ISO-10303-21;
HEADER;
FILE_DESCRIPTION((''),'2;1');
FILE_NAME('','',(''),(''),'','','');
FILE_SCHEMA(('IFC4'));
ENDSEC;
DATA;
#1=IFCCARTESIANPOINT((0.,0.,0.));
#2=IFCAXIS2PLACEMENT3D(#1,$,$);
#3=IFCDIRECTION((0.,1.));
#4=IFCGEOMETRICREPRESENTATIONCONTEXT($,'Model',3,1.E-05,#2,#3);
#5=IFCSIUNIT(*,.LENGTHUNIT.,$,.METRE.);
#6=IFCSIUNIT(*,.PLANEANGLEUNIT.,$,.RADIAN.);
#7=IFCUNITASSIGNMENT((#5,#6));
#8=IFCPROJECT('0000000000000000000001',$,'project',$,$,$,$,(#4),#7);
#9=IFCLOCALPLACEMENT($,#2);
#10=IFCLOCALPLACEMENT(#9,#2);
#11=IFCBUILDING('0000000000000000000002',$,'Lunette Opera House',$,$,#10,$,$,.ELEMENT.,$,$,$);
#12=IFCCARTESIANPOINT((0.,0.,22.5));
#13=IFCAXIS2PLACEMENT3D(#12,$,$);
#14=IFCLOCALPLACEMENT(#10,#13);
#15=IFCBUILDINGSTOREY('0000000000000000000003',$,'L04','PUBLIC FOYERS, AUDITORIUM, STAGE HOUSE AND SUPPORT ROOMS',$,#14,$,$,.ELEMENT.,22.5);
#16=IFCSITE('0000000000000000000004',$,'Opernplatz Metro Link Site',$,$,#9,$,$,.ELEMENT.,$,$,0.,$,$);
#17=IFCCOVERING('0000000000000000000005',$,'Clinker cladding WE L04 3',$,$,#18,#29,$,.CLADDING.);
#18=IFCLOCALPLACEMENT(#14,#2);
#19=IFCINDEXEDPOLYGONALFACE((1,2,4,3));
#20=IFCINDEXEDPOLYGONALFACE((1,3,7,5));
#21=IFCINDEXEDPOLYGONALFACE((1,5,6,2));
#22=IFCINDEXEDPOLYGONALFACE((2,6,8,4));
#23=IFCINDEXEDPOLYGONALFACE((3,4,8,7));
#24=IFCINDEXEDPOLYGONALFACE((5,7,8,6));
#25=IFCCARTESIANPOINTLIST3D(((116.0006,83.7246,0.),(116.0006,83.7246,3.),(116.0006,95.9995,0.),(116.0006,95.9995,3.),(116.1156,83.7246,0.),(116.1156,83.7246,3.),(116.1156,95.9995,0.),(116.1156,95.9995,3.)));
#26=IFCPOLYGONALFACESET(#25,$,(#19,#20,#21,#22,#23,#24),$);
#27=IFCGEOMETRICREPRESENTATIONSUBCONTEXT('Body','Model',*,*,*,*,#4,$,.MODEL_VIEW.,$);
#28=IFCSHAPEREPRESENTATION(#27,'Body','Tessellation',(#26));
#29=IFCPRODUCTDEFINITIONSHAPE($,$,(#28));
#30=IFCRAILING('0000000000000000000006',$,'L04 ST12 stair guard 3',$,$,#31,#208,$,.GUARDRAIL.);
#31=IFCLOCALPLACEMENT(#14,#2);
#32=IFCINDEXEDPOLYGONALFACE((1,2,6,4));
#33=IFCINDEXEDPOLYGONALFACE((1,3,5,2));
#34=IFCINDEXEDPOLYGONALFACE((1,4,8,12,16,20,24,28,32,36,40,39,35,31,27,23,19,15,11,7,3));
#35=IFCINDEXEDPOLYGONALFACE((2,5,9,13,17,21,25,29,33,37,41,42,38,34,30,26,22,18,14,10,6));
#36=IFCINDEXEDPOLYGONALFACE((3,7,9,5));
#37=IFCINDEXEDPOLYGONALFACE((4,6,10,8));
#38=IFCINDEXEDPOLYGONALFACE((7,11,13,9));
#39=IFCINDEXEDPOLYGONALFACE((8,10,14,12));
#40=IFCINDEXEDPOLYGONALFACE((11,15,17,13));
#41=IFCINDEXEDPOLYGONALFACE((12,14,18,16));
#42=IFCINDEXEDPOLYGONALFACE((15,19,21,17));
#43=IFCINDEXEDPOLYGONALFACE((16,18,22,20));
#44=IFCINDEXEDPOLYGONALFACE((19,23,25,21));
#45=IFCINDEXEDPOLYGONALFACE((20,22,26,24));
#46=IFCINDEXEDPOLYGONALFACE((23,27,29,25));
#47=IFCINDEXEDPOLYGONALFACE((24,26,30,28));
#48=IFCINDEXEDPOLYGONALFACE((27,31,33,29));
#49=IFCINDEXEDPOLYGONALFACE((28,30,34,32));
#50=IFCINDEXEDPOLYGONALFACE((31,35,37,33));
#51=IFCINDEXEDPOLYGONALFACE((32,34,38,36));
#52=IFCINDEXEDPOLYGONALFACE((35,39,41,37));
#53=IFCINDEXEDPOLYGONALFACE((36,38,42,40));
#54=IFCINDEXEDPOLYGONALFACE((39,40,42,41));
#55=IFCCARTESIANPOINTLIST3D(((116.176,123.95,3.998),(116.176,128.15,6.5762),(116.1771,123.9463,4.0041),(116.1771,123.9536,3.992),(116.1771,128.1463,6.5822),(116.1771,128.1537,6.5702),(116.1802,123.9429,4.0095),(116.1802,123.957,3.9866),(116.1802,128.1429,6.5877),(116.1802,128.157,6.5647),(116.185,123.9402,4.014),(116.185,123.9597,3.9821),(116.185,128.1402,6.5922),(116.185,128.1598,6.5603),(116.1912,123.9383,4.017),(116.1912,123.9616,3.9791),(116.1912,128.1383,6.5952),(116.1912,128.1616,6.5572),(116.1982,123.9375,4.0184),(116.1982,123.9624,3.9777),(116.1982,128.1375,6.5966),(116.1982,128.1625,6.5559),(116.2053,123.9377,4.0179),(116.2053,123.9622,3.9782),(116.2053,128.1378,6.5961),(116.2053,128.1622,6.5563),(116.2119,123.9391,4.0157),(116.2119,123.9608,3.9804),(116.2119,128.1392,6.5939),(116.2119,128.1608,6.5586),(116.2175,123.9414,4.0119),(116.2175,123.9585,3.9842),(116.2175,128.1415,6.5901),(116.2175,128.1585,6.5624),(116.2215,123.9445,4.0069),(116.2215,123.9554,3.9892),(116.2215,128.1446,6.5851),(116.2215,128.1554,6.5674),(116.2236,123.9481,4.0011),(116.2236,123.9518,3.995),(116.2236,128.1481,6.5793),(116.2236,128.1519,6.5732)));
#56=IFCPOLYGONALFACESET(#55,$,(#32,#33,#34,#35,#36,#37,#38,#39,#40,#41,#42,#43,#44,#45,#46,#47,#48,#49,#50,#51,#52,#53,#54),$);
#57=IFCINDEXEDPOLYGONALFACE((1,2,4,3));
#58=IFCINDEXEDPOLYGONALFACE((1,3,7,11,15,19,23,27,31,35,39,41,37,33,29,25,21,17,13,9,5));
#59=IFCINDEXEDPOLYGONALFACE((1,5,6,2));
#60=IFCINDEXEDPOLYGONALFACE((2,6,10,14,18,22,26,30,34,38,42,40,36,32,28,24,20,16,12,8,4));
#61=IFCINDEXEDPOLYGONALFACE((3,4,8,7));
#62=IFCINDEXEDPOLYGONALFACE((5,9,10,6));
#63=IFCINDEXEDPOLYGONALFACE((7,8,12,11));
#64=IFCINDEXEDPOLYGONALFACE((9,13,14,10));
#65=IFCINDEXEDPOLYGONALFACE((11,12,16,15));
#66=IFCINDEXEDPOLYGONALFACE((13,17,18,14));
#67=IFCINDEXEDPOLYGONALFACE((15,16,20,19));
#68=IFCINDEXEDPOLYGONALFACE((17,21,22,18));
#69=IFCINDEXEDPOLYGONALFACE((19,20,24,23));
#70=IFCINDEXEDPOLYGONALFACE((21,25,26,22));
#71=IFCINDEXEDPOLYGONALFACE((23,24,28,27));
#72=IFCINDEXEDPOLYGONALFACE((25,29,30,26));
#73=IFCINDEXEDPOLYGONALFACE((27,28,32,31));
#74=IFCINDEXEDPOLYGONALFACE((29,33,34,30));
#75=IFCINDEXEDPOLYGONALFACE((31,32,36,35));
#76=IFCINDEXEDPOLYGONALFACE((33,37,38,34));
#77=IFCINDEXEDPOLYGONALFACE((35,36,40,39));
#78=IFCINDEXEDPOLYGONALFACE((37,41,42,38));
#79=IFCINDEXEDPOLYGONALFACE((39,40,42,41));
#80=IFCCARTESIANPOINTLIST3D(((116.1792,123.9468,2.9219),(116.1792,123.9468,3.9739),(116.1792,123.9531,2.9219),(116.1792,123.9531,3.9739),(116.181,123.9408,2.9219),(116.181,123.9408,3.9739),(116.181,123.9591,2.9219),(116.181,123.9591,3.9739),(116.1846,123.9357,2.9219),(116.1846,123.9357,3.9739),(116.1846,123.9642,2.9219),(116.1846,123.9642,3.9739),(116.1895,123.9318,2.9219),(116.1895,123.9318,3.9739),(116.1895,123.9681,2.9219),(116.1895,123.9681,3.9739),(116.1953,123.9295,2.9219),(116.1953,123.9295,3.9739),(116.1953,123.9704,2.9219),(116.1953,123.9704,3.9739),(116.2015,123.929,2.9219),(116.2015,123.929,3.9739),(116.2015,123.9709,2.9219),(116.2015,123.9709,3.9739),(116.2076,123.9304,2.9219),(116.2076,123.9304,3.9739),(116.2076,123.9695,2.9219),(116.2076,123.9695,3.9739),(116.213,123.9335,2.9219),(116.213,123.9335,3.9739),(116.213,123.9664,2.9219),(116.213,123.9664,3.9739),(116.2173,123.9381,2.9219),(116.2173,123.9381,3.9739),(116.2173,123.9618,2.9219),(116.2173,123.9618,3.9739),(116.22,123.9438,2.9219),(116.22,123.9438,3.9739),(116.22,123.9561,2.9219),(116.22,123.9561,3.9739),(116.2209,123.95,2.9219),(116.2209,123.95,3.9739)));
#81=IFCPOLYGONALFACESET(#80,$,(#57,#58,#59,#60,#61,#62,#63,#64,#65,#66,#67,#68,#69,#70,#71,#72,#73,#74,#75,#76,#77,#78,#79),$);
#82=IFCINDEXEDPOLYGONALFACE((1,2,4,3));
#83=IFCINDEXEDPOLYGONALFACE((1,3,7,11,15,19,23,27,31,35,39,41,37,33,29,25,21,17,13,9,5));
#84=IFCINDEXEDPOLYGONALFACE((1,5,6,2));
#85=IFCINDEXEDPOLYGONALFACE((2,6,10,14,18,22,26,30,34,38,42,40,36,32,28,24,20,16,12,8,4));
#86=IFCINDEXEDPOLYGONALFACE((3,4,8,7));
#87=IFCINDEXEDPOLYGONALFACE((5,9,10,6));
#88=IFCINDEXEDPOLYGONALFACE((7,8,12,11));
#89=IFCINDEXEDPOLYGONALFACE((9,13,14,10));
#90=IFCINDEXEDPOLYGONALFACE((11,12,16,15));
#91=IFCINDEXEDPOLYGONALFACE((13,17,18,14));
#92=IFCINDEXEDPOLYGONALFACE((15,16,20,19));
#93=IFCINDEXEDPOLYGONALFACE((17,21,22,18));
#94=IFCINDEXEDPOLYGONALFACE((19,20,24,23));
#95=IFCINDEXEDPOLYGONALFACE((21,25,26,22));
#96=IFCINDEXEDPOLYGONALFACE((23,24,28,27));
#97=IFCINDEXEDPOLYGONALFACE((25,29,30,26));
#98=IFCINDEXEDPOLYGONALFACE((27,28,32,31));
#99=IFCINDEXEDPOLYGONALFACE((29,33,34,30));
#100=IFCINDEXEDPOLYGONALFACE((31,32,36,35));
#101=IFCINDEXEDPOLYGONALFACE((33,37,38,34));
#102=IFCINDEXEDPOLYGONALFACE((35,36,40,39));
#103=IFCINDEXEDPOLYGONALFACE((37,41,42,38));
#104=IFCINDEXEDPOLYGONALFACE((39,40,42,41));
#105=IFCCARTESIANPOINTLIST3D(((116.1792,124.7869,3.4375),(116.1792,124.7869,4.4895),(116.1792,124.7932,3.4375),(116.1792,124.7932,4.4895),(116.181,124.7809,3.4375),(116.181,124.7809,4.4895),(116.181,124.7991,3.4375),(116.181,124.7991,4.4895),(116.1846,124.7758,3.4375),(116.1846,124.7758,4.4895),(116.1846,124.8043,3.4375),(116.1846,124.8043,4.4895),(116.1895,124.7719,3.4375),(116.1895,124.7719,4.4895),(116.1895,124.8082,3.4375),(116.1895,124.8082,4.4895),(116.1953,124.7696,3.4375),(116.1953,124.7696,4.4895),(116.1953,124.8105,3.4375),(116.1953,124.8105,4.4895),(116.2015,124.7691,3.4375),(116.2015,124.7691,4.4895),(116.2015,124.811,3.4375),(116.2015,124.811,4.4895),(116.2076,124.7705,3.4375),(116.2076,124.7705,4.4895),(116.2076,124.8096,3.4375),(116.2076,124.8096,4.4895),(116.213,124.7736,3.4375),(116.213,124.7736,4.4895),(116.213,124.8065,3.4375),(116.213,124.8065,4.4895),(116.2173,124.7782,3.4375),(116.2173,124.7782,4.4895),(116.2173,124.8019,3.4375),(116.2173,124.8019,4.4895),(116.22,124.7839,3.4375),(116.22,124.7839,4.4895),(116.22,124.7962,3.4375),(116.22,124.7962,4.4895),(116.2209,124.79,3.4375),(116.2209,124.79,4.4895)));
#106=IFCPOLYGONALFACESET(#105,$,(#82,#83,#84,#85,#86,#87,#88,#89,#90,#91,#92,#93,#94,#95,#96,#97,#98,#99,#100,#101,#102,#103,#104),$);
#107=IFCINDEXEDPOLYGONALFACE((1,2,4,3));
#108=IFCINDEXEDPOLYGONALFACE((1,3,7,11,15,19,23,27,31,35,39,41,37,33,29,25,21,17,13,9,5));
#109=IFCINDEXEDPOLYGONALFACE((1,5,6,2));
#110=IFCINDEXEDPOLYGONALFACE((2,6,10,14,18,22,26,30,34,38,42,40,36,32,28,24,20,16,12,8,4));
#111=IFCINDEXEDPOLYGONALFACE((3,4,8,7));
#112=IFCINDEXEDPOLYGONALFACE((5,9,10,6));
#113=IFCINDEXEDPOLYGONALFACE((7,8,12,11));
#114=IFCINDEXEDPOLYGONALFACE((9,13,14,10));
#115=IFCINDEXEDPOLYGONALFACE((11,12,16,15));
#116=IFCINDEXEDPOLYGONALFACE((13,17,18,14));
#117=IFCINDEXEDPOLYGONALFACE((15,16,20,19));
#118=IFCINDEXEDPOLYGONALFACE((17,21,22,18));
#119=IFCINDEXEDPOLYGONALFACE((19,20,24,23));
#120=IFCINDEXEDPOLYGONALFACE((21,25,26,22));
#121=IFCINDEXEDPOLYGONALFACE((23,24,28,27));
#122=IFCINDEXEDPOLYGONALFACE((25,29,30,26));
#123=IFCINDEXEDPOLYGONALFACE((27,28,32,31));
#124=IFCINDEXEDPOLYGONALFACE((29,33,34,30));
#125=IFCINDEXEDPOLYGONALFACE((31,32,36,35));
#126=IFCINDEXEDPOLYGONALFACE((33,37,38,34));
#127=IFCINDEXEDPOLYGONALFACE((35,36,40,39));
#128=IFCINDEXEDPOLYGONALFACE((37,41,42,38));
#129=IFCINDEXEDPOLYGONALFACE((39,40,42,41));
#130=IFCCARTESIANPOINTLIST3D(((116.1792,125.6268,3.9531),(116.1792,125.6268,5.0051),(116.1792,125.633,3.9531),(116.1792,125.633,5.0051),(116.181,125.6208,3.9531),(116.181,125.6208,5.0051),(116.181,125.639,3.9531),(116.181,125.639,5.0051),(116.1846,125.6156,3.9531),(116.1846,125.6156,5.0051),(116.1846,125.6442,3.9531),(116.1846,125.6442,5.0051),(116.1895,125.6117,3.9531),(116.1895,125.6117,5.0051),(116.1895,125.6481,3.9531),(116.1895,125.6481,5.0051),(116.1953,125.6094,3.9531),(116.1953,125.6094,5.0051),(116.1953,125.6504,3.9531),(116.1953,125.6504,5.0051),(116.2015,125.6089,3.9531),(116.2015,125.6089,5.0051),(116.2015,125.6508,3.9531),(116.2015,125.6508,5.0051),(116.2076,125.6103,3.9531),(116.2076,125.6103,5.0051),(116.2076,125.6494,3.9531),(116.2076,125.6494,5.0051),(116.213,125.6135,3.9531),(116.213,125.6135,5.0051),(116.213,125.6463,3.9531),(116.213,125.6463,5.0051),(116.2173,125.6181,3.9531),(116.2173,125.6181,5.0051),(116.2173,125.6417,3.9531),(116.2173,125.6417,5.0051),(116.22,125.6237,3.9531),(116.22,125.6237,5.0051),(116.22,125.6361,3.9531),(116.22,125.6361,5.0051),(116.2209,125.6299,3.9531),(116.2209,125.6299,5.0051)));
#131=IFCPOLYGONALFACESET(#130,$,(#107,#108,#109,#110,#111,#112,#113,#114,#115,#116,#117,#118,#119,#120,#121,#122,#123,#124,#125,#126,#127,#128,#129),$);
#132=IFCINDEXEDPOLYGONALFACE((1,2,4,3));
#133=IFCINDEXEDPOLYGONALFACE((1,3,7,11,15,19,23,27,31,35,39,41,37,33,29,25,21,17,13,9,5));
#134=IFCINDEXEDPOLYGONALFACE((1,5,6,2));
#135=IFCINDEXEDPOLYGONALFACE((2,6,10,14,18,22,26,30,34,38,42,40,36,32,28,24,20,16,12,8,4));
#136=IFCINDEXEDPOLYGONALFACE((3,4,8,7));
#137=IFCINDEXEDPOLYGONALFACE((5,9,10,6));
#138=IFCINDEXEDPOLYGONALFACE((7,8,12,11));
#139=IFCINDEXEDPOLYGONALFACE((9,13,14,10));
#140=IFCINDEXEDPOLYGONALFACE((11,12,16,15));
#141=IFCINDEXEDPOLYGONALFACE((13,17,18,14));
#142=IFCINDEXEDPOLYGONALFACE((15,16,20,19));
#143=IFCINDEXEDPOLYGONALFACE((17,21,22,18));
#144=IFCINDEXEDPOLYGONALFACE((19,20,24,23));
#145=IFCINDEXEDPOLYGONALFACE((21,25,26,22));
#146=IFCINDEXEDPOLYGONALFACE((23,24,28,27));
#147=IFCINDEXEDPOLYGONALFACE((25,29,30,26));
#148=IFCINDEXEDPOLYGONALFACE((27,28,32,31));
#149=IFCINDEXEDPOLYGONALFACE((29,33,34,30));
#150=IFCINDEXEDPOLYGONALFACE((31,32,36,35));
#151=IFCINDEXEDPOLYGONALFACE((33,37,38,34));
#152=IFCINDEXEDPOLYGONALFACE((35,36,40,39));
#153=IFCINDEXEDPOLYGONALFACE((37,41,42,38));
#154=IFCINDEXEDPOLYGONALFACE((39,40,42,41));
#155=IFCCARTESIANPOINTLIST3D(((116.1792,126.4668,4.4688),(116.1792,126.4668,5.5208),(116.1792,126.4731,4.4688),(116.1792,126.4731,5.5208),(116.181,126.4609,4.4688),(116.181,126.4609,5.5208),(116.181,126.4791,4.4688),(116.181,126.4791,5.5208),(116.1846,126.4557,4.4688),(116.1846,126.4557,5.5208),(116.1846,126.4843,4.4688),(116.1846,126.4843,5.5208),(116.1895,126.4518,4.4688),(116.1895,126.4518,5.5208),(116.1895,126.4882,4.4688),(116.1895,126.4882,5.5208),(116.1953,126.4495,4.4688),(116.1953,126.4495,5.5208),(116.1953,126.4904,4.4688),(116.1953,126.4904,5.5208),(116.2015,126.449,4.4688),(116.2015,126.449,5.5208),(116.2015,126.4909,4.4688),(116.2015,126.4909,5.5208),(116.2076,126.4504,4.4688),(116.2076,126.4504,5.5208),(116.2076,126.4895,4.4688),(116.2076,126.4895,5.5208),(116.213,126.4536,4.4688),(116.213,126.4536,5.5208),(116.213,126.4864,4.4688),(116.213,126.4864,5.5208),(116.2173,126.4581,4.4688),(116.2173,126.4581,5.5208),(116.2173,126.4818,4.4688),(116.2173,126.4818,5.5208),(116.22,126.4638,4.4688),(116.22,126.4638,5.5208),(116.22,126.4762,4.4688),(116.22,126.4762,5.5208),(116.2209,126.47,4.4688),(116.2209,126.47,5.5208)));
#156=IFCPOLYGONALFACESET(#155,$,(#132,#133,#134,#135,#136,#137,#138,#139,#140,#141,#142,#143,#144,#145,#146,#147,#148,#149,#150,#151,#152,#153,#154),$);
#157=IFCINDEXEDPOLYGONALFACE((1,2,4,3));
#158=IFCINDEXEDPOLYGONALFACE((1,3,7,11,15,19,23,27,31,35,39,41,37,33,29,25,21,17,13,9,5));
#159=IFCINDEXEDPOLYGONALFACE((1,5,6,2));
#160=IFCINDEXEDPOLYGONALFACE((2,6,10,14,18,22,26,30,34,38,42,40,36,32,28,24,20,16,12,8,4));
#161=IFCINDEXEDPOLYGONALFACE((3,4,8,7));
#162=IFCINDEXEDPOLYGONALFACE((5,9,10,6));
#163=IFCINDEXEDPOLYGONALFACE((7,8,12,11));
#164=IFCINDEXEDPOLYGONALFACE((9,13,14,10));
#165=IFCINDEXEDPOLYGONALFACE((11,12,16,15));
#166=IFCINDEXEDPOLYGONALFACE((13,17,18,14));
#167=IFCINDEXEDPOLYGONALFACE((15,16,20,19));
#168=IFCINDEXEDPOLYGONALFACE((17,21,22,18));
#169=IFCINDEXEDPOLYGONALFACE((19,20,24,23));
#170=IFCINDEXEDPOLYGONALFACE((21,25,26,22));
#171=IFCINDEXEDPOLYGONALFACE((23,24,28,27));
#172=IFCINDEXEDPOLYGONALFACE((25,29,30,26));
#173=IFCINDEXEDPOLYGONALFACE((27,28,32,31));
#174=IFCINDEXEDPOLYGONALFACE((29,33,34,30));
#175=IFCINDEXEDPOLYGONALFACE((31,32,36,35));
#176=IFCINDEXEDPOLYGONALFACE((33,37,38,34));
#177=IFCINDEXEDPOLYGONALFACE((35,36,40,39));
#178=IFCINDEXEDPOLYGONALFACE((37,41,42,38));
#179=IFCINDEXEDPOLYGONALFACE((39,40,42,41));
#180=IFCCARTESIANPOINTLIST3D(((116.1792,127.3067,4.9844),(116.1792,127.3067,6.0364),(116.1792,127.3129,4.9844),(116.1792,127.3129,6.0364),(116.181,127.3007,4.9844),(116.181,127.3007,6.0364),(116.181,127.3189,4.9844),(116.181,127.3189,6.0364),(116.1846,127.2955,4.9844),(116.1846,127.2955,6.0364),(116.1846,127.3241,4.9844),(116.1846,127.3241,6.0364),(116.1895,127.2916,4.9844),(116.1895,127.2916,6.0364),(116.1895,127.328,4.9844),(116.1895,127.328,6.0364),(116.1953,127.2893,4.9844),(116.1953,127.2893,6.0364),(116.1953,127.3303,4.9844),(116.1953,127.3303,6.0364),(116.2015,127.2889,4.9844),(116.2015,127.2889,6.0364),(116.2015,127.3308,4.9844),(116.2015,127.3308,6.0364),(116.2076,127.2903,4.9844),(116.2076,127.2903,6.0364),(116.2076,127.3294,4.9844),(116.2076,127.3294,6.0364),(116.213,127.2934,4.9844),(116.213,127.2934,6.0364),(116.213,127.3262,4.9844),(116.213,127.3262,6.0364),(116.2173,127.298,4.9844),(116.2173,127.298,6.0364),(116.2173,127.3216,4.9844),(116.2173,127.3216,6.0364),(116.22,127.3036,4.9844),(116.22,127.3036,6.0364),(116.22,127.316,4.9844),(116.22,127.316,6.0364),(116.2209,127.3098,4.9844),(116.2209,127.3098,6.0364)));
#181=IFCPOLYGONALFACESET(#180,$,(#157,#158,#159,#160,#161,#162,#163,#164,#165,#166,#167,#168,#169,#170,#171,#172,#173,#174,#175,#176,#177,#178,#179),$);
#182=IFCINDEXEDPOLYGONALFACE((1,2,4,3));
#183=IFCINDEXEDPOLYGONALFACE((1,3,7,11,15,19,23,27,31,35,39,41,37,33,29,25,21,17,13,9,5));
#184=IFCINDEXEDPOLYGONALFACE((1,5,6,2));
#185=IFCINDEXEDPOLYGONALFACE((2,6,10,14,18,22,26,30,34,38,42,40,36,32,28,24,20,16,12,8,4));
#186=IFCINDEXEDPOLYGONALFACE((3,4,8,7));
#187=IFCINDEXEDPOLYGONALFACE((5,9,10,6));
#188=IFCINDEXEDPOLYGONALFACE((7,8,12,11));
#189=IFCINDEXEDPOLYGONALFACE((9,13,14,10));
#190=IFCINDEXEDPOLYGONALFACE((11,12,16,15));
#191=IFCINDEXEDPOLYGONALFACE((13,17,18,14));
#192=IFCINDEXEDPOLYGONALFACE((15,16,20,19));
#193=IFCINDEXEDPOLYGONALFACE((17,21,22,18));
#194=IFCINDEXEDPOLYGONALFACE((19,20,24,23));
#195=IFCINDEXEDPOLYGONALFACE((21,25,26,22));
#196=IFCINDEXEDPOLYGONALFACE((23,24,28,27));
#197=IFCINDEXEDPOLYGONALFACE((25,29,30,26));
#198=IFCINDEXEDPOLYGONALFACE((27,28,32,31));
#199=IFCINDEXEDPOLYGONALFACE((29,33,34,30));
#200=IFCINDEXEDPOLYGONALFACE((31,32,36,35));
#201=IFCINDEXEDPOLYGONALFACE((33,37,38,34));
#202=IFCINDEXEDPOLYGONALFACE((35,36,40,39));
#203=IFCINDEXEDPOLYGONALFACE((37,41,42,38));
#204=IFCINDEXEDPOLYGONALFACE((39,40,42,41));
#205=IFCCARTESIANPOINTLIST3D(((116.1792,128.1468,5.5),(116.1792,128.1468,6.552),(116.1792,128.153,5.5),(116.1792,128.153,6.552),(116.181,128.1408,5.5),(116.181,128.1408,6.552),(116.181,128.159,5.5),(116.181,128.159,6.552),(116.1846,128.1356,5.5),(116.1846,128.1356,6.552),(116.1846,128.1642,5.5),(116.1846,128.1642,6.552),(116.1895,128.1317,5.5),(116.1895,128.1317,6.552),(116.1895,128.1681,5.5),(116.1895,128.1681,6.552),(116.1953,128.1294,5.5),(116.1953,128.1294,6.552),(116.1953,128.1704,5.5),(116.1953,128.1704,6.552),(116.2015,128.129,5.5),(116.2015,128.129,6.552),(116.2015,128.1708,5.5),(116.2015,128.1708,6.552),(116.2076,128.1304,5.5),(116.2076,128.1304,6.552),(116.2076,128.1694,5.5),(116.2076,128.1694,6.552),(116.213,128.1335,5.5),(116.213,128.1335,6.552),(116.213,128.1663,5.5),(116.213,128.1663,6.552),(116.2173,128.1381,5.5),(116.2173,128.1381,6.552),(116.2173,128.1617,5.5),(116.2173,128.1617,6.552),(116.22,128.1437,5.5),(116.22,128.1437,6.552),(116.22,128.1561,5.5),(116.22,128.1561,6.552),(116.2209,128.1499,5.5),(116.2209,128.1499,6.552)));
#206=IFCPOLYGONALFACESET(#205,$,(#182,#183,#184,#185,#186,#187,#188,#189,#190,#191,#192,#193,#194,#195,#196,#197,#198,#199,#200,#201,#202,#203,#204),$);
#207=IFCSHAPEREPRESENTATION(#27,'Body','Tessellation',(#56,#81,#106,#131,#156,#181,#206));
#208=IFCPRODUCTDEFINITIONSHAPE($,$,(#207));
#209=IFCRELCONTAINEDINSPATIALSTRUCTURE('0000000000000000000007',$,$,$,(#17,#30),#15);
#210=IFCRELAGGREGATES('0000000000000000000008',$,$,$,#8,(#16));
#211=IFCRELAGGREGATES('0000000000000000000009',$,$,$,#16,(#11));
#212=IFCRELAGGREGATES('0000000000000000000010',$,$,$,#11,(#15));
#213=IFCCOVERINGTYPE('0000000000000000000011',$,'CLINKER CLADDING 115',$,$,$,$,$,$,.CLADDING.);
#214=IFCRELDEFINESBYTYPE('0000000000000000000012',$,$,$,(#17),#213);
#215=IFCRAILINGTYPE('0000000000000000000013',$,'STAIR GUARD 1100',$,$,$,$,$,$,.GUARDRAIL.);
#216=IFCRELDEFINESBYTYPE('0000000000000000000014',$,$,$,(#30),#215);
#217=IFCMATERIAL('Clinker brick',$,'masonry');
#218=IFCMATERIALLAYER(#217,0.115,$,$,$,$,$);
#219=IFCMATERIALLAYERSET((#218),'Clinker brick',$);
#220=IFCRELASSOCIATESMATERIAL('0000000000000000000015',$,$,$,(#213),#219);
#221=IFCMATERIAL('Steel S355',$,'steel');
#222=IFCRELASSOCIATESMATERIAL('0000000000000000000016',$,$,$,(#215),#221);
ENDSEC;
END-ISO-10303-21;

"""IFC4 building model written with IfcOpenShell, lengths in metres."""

from ifc_helpers import new_model, si_unit, direction, frame, origin, origin_2d, place, context, subcontext, project, spatial, rectangle, circle, extrude, material, layer, layer_set, type_object, element, save


model = new_model("IFC4")

# Units and contexts
model_context = context("Model", 3, precision=1e-05, world=origin(), true_north=direction((0.0, 1.0)))
body_context = subcontext(model_context, "Body", "Model", "MODEL_VIEW")
ifc_project = project(units=[si_unit("LENGTHUNIT", "METRE"), si_unit("PLANEANGLEUNIT", "RADIAN")], contexts=[model_context])

# Site, building, storey
site_placement = place(None, origin())
site = spatial("IfcSite", under=ifc_project, at=site_placement, Name="Opernplatz Metro Link Site", CompositionType="ELEMENT", RefElevation=0.0)
building_placement = place(site_placement, origin())
building = spatial("IfcBuilding", under=site, at=building_placement, Name="Lunette Opera House", CompositionType="ELEMENT")
storey_placement = place(building_placement, frame((0.0, 0.0, 22.5)))
storey = spatial("IfcBuildingStorey", under=building, at=storey_placement, Name="L04", Description="PUBLIC FOYERS, AUDITORIUM, STAGE HOUSE AND SUPPORT ROOMS", CompositionType="ELEMENT", Elevation=22.5)

# Covering
ifc_material_1 = material(Name="Clinker brick", Category="masonry")
ifc_layer_1 = layer(ifc_material_1, 0.115)
ifc_layer_set_1 = layer_set([ifc_layer_1], Name="Clinker brick")
covering_type_1 = type_object("IfcCoveringType", Name="CLINKER CLADDING 115", PredefinedType="CLADDING", material=ifc_layer_set_1)
covering_1_placement = place(storey_placement, frame((116.0581, 89.8621, 0.0), z_axis=(0.0, 0.0, 1.0), x_axis=(1.0, 0.0, 0.0)))
element("IfcCovering", 1, at=covering_1_placement, inside=storey, type_object=covering_type_1, Name="Clinker cladding WE L04 3", PredefinedType="CLADDING", context=body_context, shape_type="SweptSolid", body=[
    extrude(rectangle(XDim=0.115, YDim=12.2749, at=origin_2d()), origin(), (0.0, 0.0, 1.0), 3.0),
])

# Railing
ifc_material_2 = material(Name="Steel S355", Category="steel")
railing_type_1 = type_object("IfcRailingType", Name="STAIR GUARD 1100", PredefinedType="GUARDRAIL", material=ifc_material_2)
railing_1_placement = place(storey_placement, frame((116.2, 123.95, 2.9219)))
element("IfcRailing", 2, at=railing_1_placement, inside=storey, type_object=railing_type_1, Name="L04 ST12 stair guard 3", PredefinedType="GUARDRAIL", context=body_context, shape_type="SweptSolid", body=[
    extrude(circle(Radius=0.0239, at=origin_2d()), frame((0.0, 0.0, 1.0762), z_axis=(0.0, 0.852243, 0.523146), x_axis=(-1.0, 0.0, 0.0)), (0.0, 0.0, 1.0), 4.9282),
    extrude(circle(Radius=0.021, at=origin_2d()), origin(), (0.0, 0.0, 1.0), 1.052),
    extrude(circle(Radius=0.021, at=origin_2d()), frame((0.0, 0.8401, 0.5156)), (0.0, 0.0, 1.0), 1.052),
    extrude(circle(Radius=0.021, at=origin_2d()), frame((0.0, 1.6799, 1.0312)), (0.0, 0.0, 1.0), 1.052),
    extrude(circle(Radius=0.021, at=origin_2d()), frame((0.0, 2.52, 1.5469)), (0.0, 0.0, 1.0), 1.052),
    extrude(circle(Radius=0.021, at=origin_2d()), frame((0.0, 3.3599, 2.0625)), (0.0, 0.0, 1.0), 1.052),
    extrude(circle(Radius=0.021, at=origin_2d()), frame((0.0, 4.2, 2.5781)), (0.0, 0.0, 1.0), 1.052),
])

save(model, "model.ifc")
